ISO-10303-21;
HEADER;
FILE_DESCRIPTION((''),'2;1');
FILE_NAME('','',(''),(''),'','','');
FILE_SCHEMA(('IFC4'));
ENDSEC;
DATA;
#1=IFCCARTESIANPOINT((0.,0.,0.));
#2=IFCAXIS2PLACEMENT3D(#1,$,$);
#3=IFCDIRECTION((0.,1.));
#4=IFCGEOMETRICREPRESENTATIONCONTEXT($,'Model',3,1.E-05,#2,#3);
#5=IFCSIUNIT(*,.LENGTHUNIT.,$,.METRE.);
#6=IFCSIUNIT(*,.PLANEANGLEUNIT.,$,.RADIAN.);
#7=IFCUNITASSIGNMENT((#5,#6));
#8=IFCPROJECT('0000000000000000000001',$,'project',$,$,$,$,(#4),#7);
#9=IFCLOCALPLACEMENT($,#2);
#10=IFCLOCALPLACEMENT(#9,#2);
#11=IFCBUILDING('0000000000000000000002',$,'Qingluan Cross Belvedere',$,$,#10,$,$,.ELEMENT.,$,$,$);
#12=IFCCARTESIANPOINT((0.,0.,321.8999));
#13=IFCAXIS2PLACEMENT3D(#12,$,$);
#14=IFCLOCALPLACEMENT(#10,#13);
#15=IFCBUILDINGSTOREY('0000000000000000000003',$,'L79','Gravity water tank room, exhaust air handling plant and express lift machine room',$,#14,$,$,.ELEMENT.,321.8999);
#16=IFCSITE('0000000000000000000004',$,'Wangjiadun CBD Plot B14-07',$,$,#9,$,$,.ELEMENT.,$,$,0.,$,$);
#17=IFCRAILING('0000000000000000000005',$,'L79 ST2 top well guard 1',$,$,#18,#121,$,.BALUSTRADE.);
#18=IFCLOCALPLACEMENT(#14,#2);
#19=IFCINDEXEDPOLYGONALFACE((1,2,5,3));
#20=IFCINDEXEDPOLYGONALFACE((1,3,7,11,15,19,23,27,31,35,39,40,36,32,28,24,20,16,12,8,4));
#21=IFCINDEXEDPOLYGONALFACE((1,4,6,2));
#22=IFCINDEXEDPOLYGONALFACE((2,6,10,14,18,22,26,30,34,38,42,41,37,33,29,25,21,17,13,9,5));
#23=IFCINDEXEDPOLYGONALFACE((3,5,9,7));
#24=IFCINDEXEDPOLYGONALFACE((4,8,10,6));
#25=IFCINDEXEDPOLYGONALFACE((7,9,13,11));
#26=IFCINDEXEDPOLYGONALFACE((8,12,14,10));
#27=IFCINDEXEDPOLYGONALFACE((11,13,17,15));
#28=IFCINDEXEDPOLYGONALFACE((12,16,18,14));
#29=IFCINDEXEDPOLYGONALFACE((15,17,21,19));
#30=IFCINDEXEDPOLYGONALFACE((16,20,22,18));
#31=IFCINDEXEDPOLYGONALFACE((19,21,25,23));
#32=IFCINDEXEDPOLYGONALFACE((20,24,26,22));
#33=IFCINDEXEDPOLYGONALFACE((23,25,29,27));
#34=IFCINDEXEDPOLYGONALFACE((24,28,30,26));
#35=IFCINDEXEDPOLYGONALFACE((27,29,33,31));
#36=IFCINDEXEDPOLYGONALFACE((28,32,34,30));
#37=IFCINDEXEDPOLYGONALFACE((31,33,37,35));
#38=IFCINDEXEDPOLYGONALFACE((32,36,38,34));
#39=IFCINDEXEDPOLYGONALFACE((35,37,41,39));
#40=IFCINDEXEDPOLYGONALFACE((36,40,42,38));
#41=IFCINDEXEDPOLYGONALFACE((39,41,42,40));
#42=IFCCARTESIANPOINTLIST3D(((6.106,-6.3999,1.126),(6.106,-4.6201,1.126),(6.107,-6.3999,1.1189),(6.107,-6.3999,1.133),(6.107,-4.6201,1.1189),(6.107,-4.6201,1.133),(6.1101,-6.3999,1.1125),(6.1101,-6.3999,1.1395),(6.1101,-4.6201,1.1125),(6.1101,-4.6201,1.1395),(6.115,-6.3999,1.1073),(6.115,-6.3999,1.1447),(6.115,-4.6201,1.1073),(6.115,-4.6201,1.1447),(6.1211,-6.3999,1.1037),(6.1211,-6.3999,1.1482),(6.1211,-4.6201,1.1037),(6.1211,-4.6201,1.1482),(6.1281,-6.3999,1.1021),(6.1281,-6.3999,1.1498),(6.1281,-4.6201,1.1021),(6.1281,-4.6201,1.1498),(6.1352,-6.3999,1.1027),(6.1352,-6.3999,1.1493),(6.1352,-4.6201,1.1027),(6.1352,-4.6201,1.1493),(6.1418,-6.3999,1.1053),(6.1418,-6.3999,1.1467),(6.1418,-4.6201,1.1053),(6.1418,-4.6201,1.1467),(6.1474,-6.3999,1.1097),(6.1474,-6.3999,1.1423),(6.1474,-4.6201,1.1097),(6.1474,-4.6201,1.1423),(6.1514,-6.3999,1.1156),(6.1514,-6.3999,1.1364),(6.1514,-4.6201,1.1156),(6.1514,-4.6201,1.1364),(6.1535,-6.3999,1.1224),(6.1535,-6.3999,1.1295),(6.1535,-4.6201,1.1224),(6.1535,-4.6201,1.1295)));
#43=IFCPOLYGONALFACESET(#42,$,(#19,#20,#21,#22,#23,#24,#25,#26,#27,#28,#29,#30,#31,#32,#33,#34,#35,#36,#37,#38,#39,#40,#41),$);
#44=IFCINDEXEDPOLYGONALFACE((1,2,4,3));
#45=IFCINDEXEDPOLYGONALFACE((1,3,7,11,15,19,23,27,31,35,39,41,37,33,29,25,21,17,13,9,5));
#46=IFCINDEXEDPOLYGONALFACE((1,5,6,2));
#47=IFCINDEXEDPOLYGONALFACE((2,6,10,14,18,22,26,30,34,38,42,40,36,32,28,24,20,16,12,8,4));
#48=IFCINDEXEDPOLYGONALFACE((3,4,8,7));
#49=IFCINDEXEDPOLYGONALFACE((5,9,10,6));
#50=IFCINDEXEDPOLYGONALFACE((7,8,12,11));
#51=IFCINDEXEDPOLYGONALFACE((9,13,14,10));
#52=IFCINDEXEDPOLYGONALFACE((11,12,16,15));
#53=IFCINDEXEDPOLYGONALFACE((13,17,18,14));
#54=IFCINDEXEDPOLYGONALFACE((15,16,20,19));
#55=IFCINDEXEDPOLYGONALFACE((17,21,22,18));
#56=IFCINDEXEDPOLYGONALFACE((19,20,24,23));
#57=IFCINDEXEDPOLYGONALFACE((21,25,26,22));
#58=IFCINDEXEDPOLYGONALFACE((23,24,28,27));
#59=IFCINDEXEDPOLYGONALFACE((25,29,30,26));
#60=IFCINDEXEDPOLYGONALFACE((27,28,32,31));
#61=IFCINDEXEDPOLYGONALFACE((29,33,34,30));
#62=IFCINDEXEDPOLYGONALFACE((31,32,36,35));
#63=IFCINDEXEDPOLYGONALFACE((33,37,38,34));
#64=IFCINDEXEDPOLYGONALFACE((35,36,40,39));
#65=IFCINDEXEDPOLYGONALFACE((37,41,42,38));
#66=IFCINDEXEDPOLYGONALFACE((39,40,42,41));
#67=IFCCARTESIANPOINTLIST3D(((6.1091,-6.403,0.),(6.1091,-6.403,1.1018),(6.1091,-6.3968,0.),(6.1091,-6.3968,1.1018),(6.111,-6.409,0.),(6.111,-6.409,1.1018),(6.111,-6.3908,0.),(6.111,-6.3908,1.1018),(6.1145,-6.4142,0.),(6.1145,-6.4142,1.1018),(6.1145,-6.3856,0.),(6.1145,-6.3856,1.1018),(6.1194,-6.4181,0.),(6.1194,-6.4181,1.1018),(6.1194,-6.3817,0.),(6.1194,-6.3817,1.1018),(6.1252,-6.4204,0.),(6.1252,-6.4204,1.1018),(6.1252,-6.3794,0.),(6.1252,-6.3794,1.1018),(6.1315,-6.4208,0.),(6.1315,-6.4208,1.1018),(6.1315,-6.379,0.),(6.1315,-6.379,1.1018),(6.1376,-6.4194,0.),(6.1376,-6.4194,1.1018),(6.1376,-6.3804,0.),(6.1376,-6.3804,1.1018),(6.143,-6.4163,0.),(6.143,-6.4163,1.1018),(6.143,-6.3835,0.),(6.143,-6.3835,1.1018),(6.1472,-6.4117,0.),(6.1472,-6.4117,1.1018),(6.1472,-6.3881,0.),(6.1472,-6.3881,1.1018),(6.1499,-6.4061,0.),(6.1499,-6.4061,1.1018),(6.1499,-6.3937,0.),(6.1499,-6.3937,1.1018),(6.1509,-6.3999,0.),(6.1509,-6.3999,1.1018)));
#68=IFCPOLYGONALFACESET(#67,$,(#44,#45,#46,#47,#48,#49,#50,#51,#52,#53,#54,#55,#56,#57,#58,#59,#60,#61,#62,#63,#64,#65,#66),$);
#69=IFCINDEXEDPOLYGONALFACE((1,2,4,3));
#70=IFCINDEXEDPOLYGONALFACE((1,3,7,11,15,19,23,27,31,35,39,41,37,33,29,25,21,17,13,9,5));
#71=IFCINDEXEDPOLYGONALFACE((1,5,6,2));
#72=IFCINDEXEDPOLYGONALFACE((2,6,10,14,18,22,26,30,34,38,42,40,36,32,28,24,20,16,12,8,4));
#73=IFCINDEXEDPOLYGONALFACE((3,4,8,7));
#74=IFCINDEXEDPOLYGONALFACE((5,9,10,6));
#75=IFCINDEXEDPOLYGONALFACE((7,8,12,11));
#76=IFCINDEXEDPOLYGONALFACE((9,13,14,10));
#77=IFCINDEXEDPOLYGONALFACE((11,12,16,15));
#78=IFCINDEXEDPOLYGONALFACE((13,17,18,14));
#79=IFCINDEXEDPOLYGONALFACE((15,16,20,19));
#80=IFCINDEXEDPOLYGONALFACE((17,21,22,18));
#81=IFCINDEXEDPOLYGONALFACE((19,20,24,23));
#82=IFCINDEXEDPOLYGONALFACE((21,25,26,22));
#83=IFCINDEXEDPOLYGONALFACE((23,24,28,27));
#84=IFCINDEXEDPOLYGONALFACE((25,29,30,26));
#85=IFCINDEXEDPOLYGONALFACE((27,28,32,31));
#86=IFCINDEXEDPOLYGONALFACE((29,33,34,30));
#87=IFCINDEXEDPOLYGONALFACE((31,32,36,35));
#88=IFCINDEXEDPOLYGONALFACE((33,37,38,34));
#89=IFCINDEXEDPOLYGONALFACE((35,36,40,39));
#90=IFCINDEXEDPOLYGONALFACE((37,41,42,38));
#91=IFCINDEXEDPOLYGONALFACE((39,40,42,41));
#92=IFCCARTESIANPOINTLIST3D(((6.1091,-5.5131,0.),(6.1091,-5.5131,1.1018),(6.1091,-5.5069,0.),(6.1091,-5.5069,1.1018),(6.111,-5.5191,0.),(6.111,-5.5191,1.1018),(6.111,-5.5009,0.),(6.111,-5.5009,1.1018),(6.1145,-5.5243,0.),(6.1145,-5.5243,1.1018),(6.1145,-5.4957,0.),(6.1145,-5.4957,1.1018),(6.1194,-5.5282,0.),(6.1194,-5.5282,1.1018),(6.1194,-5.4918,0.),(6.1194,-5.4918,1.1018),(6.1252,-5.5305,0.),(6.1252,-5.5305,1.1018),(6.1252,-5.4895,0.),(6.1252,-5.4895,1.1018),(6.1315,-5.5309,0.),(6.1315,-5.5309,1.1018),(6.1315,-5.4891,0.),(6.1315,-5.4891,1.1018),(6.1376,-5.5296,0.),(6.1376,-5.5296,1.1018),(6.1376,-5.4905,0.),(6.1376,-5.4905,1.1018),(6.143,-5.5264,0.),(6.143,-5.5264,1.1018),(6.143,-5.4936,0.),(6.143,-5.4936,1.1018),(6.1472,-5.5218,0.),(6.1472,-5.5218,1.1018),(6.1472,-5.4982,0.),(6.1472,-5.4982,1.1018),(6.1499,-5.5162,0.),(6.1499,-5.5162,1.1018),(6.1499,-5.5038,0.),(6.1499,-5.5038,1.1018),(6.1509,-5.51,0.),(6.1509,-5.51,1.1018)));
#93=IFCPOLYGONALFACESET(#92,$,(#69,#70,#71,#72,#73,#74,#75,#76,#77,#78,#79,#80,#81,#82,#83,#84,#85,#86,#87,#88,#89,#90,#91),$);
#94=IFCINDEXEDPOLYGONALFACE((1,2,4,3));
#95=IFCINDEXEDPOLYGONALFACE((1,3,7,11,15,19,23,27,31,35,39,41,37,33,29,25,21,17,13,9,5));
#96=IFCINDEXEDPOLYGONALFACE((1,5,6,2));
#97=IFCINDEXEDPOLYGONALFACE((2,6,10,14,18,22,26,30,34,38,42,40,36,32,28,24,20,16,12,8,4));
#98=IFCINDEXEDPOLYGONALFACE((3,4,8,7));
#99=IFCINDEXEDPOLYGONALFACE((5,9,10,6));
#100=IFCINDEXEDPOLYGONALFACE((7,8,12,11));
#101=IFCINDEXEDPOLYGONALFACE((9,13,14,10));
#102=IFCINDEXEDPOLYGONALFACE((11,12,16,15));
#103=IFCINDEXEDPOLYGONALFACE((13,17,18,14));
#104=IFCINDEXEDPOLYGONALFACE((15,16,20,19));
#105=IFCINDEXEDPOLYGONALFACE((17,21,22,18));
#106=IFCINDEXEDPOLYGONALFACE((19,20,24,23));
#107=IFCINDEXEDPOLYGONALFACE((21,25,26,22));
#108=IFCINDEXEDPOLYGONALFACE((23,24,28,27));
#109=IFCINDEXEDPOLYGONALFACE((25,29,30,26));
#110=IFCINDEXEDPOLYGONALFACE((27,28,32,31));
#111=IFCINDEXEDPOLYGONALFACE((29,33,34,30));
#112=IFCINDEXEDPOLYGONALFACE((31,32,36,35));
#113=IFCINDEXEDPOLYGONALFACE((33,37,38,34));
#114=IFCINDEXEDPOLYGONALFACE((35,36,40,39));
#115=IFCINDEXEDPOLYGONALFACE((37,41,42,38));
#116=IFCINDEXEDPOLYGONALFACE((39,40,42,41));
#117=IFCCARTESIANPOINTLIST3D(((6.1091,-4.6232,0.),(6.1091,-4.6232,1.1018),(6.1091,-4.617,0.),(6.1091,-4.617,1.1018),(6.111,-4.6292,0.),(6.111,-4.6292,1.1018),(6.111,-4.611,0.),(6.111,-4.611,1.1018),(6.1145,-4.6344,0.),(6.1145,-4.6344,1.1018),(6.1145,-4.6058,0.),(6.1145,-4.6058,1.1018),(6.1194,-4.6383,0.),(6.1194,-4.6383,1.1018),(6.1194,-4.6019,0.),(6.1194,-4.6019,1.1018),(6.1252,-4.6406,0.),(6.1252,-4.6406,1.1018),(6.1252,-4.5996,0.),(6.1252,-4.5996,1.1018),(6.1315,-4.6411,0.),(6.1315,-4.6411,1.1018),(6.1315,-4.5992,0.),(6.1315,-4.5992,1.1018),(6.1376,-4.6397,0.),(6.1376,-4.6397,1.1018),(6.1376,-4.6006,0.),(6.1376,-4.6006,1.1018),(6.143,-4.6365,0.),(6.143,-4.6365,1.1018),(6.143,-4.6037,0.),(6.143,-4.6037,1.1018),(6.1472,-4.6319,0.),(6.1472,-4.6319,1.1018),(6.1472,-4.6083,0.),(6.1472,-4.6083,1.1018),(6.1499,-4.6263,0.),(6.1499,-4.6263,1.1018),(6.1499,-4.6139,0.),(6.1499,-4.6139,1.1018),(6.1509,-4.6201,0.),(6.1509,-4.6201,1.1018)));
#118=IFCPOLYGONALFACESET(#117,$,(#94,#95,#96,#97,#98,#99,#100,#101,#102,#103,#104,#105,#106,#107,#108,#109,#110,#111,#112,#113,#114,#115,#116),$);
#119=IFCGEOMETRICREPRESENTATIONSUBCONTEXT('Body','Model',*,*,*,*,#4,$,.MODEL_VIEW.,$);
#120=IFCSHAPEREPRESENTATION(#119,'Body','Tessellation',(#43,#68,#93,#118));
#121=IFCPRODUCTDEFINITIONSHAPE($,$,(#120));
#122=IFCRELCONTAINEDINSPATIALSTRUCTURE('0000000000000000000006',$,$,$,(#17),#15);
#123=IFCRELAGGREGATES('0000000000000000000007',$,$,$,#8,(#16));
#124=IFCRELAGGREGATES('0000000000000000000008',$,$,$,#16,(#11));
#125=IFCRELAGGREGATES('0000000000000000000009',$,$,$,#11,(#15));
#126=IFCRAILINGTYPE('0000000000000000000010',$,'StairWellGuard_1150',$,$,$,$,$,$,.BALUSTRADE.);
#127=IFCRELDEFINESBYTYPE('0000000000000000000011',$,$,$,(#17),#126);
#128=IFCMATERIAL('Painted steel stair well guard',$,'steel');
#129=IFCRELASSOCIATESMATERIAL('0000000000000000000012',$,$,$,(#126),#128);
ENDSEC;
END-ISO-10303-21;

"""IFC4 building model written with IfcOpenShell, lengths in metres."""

from ifc_helpers import new_model, si_unit, direction, frame, origin, origin_2d, place, context, subcontext, project, spatial, circle, extrude, material, type_object, element, save


model = new_model("IFC4")

# Units and contexts
model_context = context("Model", 3, precision=1e-05, world=origin(), true_north=direction((0.0, 1.0)))
body_context = subcontext(model_context, "Body", "Model", "MODEL_VIEW")
ifc_project = project(units=[si_unit("LENGTHUNIT", "METRE"), si_unit("PLANEANGLEUNIT", "RADIAN")], contexts=[model_context])

# Site, building, storey
site_placement = place(None, origin())
site = spatial("IfcSite", under=ifc_project, at=site_placement, Name="Wangjiadun CBD Plot B14-07", CompositionType="ELEMENT", RefElevation=0.0)
building_placement = place(site_placement, origin())
building = spatial("IfcBuilding", under=site, at=building_placement, Name="Qingluan Cross Belvedere", CompositionType="ELEMENT")
storey_placement = place(building_placement, frame((0.0, 0.0, 321.8999)))
storey = spatial("IfcBuildingStorey", under=building, at=storey_placement, Name="L79", Description="Gravity water tank room, exhaust air handling plant and express lift machine room", CompositionType="ELEMENT", Elevation=321.8999)

# Railing
ifc_material_1 = material(Name="Painted steel stair well guard", Category="steel")
railing_type = type_object("IfcRailingType", Name="StairWellGuard_1150", PredefinedType="BALUSTRADE", material=ifc_material_1)
railing_placement = place(storey_placement, frame((6.1299, -6.3999, 0.0)))
element("IfcRailing", 1, at=railing_placement, inside=storey, type_object=railing_type, Name="L79 ST2 top well guard 1", PredefinedType="BALUSTRADE", context=body_context, shape_type="SweptSolid", body=[
    extrude(circle(Radius=0.0239, at=origin_2d()), frame((0.0, 0.0, 1.126), z_axis=(0.0, 1.0, 0.0), x_axis=(-1.0, 0.0, 0.0)), (0.0, 0.0, 1.0), 1.7798),
    extrude(circle(Radius=0.021, at=origin_2d()), origin(), (0.0, 0.0, 1.0), 1.1018),
    extrude(circle(Radius=0.021, at=origin_2d()), frame((0.0, 0.8899, 0.0)), (0.0, 0.0, 1.0), 1.1018),
    extrude(circle(Radius=0.021, at=origin_2d()), frame((0.0, 1.7798, 0.0)), (0.0, 0.0, 1.0), 1.1018),
])

save(model, "model.ifc")
